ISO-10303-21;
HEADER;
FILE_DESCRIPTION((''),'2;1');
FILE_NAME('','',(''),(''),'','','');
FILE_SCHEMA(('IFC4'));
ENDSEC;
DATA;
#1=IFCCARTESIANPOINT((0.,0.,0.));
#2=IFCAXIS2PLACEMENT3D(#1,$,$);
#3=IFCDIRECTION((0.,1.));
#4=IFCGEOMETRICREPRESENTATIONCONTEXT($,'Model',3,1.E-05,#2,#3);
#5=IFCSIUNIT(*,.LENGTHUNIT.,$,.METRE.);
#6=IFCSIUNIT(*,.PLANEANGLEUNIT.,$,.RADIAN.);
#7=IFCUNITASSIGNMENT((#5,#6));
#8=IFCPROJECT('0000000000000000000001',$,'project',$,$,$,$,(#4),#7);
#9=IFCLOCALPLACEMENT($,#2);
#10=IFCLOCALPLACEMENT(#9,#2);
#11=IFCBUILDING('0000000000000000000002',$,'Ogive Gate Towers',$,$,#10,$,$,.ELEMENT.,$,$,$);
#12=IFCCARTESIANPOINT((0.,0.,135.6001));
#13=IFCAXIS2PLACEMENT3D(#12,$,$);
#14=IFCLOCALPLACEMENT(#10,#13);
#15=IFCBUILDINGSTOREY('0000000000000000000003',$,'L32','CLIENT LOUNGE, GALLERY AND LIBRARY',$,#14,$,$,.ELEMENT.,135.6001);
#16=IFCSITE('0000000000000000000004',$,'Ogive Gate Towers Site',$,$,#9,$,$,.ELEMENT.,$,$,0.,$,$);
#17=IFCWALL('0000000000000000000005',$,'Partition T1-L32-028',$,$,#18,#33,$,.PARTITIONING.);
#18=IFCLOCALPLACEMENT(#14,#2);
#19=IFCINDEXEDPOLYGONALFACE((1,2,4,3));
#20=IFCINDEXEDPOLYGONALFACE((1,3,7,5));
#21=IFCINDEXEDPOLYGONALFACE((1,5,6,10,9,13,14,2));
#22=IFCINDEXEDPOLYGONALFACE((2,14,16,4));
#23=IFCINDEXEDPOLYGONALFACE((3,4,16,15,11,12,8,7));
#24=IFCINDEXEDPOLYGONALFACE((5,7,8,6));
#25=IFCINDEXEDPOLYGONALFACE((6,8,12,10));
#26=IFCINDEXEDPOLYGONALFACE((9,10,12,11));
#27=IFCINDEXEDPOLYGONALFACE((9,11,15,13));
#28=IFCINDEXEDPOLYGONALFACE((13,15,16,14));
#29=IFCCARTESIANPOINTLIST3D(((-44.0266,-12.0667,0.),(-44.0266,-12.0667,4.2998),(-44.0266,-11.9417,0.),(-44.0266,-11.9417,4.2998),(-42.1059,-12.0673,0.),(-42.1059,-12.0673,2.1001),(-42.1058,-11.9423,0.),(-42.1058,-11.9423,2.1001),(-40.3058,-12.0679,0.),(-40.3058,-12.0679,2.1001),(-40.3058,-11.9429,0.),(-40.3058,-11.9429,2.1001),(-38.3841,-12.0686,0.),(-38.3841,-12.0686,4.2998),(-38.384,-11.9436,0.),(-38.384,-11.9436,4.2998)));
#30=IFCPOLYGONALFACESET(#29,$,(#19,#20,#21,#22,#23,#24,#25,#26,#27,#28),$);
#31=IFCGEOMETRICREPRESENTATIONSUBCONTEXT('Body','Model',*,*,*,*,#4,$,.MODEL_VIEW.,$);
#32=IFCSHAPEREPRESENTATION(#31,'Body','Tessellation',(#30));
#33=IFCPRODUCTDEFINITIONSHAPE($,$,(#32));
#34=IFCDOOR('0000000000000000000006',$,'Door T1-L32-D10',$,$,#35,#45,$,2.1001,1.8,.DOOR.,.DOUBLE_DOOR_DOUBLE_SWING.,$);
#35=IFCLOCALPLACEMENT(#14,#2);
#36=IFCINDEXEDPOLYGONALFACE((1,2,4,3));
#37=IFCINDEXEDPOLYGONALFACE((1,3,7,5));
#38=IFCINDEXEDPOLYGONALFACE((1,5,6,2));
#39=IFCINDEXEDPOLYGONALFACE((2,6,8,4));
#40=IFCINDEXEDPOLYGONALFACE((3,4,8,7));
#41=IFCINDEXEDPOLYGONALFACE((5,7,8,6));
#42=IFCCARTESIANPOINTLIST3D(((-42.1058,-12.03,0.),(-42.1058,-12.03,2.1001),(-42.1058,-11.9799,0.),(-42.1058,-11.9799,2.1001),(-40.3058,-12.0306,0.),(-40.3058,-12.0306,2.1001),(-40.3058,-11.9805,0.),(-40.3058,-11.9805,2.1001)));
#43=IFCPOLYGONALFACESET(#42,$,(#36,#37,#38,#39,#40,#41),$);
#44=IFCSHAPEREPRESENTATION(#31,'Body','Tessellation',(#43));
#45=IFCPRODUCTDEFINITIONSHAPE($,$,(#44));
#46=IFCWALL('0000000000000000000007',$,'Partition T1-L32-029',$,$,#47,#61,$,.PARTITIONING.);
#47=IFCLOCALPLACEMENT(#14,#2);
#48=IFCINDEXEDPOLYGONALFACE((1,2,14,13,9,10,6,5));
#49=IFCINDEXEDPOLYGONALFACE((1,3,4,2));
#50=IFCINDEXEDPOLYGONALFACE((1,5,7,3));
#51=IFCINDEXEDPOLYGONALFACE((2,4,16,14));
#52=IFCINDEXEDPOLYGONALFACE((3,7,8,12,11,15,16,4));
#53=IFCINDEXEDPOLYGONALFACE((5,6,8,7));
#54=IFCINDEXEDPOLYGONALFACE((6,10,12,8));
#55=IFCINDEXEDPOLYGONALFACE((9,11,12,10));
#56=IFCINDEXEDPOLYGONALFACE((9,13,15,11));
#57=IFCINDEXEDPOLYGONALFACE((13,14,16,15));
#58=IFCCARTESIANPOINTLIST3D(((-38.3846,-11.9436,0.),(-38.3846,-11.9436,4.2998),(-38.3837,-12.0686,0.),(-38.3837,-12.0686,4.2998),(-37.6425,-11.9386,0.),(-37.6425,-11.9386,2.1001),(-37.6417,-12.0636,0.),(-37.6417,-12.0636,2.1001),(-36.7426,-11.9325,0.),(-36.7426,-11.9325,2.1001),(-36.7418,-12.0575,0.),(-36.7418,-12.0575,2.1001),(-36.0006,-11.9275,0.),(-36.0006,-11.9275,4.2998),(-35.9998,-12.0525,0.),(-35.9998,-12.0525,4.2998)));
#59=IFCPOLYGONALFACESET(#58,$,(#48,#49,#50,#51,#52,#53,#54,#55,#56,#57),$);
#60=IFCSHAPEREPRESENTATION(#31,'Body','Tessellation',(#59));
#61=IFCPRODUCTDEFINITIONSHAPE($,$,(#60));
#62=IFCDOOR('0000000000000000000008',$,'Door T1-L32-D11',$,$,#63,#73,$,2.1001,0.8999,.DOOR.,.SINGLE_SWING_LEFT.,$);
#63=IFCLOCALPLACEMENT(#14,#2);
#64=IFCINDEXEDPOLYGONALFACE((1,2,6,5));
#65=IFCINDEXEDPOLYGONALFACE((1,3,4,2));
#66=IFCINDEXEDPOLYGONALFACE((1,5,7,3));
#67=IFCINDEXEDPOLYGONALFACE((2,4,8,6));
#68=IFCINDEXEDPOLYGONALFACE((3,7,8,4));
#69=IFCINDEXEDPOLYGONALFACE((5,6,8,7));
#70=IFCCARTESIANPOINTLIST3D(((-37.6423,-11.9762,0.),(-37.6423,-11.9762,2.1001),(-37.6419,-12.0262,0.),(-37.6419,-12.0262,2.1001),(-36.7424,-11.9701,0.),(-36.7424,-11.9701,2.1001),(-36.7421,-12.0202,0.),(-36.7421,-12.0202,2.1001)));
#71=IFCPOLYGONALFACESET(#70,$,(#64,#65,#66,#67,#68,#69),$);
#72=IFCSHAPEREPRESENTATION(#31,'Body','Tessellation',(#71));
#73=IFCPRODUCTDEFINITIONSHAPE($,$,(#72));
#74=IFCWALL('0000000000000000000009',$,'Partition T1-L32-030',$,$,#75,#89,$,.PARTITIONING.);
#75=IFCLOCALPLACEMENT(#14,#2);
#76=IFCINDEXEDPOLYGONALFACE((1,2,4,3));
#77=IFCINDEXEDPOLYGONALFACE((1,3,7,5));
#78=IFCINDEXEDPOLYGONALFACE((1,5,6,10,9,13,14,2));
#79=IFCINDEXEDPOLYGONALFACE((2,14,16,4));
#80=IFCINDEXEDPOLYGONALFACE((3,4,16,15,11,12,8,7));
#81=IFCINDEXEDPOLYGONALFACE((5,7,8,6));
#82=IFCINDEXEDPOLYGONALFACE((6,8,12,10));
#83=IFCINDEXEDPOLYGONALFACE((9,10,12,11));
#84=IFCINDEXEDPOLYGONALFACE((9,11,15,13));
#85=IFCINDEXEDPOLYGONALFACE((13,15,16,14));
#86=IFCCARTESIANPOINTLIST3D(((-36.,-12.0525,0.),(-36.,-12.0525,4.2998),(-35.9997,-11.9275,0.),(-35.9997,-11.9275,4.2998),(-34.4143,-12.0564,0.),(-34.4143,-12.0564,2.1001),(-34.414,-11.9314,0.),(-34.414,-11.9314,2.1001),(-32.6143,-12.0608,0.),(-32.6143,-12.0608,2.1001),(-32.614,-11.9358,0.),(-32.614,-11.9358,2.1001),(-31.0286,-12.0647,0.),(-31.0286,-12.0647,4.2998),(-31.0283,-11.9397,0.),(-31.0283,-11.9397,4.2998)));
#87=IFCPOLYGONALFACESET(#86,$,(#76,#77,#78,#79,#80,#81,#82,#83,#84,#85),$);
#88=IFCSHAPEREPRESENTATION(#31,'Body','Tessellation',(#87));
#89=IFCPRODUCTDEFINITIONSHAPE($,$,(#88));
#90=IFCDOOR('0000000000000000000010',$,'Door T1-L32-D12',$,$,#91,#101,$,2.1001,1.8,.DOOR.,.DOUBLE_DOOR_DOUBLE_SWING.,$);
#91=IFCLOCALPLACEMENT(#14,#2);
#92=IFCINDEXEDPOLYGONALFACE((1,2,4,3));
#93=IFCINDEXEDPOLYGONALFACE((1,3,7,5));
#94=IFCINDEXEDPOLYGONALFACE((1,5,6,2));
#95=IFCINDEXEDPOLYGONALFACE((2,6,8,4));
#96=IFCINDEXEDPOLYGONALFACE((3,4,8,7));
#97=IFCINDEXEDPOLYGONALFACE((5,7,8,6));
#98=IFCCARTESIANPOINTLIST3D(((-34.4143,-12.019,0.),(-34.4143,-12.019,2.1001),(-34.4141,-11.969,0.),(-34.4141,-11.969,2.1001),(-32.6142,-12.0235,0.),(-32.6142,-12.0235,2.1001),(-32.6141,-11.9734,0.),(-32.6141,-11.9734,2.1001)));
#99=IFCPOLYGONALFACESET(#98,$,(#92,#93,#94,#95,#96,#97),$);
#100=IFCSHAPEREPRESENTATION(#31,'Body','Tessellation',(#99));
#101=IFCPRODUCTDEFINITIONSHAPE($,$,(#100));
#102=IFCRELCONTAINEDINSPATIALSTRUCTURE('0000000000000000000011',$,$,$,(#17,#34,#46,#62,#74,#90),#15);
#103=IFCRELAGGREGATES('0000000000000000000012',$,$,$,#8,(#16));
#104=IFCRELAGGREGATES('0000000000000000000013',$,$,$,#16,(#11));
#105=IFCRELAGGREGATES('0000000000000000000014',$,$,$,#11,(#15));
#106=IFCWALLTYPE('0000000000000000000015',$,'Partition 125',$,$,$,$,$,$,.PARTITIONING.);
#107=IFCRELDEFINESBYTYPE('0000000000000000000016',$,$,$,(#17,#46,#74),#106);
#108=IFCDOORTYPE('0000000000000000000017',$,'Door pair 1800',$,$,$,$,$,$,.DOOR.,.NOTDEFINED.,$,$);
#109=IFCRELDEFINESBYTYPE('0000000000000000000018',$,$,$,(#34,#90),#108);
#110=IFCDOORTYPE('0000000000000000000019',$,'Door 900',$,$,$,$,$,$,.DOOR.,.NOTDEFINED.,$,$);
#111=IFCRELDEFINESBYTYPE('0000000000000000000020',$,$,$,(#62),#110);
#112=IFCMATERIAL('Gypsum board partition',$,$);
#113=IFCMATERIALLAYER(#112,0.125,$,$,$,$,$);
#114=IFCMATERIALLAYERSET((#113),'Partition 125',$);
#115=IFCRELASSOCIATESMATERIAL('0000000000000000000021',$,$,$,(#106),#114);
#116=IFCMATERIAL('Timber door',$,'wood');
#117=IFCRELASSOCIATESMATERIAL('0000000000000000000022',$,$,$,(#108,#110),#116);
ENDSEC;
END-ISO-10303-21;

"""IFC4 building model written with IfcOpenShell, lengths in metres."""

from ifc_helpers import new_model, si_unit, direction, frame, frame_2d, origin, place, context, subcontext, project, spatial, rectangle, extrude, material, layer, layer_set, type_object, element, fill, save


model = new_model("IFC4")

# Units and contexts
model_context = context("Model", 3, precision=1e-05, world=origin(), true_north=direction((0.0, 1.0)))
body_context = subcontext(model_context, "Body", "Model", "MODEL_VIEW")
ifc_project = project(units=[si_unit("LENGTHUNIT", "METRE"), si_unit("PLANEANGLEUNIT", "RADIAN")], contexts=[model_context])

# Site, building, storey
site_placement = place(None, origin())
site = spatial("IfcSite", under=ifc_project, at=site_placement, Name="Ogive Gate Towers Site", CompositionType="ELEMENT", RefElevation=0.0)
building_placement = place(site_placement, origin())
building = spatial("IfcBuilding", under=site, at=building_placement, Name="Ogive Gate Towers", CompositionType="ELEMENT")
storey_placement = place(building_placement, frame((0.0, 0.0, 135.6001)))
storey = spatial("IfcBuildingStorey", under=building, at=storey_placement, Name="L32", Description="CLIENT LOUNGE, GALLERY AND LIBRARY", CompositionType="ELEMENT", Elevation=135.6001)

# Shared definitions
ifc_material_1 = material(Name="Gypsum board partition")
ifc_layer_1 = layer(ifc_material_1, 0.125)
ifc_layer_set_1 = layer_set([ifc_layer_1], Name="Partition 125")
wall_type_1 = type_object("IfcWallType", Name="Partition 125", PredefinedType="PARTITIONING", material=ifc_layer_set_1)

# Walls, openings, doors
wall_1_placement = place(storey_placement, frame((-44.0266, -12.0042, 0.0), z_axis=(0.0, 0.0, 1.0), x_axis=(1.0, -0.000346, 0.0)))
wall_1 = element("IfcWall", 1, at=wall_1_placement, inside=storey, type_object=wall_type_1, Name="Partition T1-L32-028", PredefinedType="PARTITIONING", context=body_context, shape_type="SweptSolid", body=[
    extrude(rectangle(XDim=5.6426, YDim=0.125, at=frame_2d((2.8213, 0.0))), origin(), (0.0, 0.0, 1.0), 4.2998),
])
opening_1_placement = place(wall_1_placement, frame((1.9209, 0.0, 0.0)))
opening_1 = element("IfcOpeningElement", 2, at=opening_1_placement, cuts=wall_1, PredefinedType="OPENING", context=body_context, shape_type="SweptSolid", body=[
    extrude(rectangle(XDim=1.8, YDim=2.1001, at=frame_2d((0.8999, 1.05))), frame((0.0, 0.0725, 0.0), z_axis=(0.0, -1.0, 0.0), x_axis=(1.0, 0.0, 0.0)), (0.0, 0.0, 1.0), 0.145),
])
ifc_material_2 = material(Name="Timber door", Category="wood")
door_type_1 = type_object("IfcDoorType", Name="Door pair 1800", OperationType="NOTDEFINED", PredefinedType="DOOR", material=ifc_material_2)
door_1_placement = place(opening_1_placement, origin())
door_1 = element("IfcDoor", 3, at=door_1_placement, inside=storey, type_object=door_type_1, Name="Door T1-L32-D10", OperationType="DOUBLE_DOOR_DOUBLE_SWING", OverallHeight=2.1001, OverallWidth=1.8, PredefinedType="DOOR", context=body_context, shape_type="SweptSolid", body=[
    extrude(rectangle(XDim=1.8, YDim=2.1001, at=frame_2d((0.8999, 1.05))), frame((0.0, 0.0249, 0.0), z_axis=(0.0, -1.0, 0.0), x_axis=(1.0, 0.0, 0.0)), (0.0, 0.0, 1.0), 0.05),
])
fill(opening_1, door_1)
wall_2_placement = place(storey_placement, frame((-38.384, -12.0061, 0.0), z_axis=(0.0, 0.0, 1.0), x_axis=(0.999977, 0.006759, 0.0)))
wall_2 = element("IfcWall", 4, at=wall_2_placement, inside=storey, type_object=wall_type_1, Name="Partition T1-L32-029", PredefinedType="PARTITIONING", context=body_context, shape_type="SweptSolid", body=[
    extrude(rectangle(XDim=2.384, YDim=0.125, at=frame_2d((1.1919, 0.0))), origin(), (0.0, 0.0, 1.0), 4.2998),
])
opening_2_placement = place(wall_2_placement, frame((0.7419, 0.0, 0.0)))
opening_2 = element("IfcOpeningElement", 5, at=opening_2_placement, cuts=wall_2, PredefinedType="OPENING", context=body_context, shape_type="SweptSolid", body=[
    extrude(rectangle(XDim=0.8999, YDim=2.1001, at=frame_2d((0.45, 1.05))), frame((0.0, 0.0725, 0.0), z_axis=(0.0, -1.0, 0.0), x_axis=(1.0, 0.0, 0.0)), (0.0, 0.0, 1.0), 0.145),
])
door_type_2 = type_object("IfcDoorType", Name="Door 900", OperationType="NOTDEFINED", PredefinedType="DOOR", material=ifc_material_2)
door_2_placement = place(opening_2_placement, origin())
door_2 = element("IfcDoor", 6, at=door_2_placement, inside=storey, type_object=door_type_2, Name="Door T1-L32-D11", OperationType="SINGLE_SWING_LEFT", OverallHeight=2.1001, OverallWidth=0.8999, PredefinedType="DOOR", context=body_context, shape_type="SweptSolid", body=[
    extrude(rectangle(XDim=0.8999, YDim=2.1001, at=frame_2d((0.45, 1.05))), frame((0.0, 0.0249, 0.0), z_axis=(0.0, -1.0, 0.0), x_axis=(1.0, 0.0, 0.0)), (0.0, 0.0, 1.0), 0.05),
])
fill(opening_2, door_2)
wall_3_placement = place(storey_placement, frame((-36.0, -11.99, 0.0), z_axis=(0.0, 0.0, 1.0), x_axis=(0.999997, -0.002455, 0.0)))
wall_3 = element("IfcWall", 7, at=wall_3_placement, inside=storey, type_object=wall_type_1, Name="Partition T1-L32-030", PredefinedType="PARTITIONING", context=body_context, shape_type="SweptSolid", body=[
    extrude(rectangle(XDim=4.9714, YDim=0.125, at=frame_2d((2.4858, 0.0))), origin(), (0.0, 0.0, 1.0), 4.2998),
])
opening_3_placement = place(wall_3_placement, frame((1.5859, 0.0, 0.0)))
opening_3 = element("IfcOpeningElement", 8, at=opening_3_placement, cuts=wall_3, PredefinedType="OPENING", context=body_context, shape_type="SweptSolid", body=[
    extrude(rectangle(XDim=1.8, YDim=2.1001, at=frame_2d((0.8999, 1.05))), frame((0.0, 0.0725, 0.0), z_axis=(0.0, -1.0, 0.0), x_axis=(1.0, 0.0, 0.0)), (0.0, 0.0, 1.0), 0.145),
])
door_3_placement = place(opening_3_placement, origin())
door_3 = element("IfcDoor", 9, at=door_3_placement, inside=storey, type_object=door_type_1, Name="Door T1-L32-D12", OperationType="DOUBLE_DOOR_DOUBLE_SWING", OverallHeight=2.1001, OverallWidth=1.8, PredefinedType="DOOR", context=body_context, shape_type="SweptSolid", body=[
    extrude(rectangle(XDim=1.8, YDim=2.1001, at=frame_2d((0.8999, 1.05))), frame((0.0, 0.0249, 0.0), z_axis=(0.0, -1.0, 0.0), x_axis=(1.0, 0.0, 0.0)), (0.0, 0.0, 1.0), 0.05),
])
fill(opening_3, door_3)

save(model, "model.ifc")
